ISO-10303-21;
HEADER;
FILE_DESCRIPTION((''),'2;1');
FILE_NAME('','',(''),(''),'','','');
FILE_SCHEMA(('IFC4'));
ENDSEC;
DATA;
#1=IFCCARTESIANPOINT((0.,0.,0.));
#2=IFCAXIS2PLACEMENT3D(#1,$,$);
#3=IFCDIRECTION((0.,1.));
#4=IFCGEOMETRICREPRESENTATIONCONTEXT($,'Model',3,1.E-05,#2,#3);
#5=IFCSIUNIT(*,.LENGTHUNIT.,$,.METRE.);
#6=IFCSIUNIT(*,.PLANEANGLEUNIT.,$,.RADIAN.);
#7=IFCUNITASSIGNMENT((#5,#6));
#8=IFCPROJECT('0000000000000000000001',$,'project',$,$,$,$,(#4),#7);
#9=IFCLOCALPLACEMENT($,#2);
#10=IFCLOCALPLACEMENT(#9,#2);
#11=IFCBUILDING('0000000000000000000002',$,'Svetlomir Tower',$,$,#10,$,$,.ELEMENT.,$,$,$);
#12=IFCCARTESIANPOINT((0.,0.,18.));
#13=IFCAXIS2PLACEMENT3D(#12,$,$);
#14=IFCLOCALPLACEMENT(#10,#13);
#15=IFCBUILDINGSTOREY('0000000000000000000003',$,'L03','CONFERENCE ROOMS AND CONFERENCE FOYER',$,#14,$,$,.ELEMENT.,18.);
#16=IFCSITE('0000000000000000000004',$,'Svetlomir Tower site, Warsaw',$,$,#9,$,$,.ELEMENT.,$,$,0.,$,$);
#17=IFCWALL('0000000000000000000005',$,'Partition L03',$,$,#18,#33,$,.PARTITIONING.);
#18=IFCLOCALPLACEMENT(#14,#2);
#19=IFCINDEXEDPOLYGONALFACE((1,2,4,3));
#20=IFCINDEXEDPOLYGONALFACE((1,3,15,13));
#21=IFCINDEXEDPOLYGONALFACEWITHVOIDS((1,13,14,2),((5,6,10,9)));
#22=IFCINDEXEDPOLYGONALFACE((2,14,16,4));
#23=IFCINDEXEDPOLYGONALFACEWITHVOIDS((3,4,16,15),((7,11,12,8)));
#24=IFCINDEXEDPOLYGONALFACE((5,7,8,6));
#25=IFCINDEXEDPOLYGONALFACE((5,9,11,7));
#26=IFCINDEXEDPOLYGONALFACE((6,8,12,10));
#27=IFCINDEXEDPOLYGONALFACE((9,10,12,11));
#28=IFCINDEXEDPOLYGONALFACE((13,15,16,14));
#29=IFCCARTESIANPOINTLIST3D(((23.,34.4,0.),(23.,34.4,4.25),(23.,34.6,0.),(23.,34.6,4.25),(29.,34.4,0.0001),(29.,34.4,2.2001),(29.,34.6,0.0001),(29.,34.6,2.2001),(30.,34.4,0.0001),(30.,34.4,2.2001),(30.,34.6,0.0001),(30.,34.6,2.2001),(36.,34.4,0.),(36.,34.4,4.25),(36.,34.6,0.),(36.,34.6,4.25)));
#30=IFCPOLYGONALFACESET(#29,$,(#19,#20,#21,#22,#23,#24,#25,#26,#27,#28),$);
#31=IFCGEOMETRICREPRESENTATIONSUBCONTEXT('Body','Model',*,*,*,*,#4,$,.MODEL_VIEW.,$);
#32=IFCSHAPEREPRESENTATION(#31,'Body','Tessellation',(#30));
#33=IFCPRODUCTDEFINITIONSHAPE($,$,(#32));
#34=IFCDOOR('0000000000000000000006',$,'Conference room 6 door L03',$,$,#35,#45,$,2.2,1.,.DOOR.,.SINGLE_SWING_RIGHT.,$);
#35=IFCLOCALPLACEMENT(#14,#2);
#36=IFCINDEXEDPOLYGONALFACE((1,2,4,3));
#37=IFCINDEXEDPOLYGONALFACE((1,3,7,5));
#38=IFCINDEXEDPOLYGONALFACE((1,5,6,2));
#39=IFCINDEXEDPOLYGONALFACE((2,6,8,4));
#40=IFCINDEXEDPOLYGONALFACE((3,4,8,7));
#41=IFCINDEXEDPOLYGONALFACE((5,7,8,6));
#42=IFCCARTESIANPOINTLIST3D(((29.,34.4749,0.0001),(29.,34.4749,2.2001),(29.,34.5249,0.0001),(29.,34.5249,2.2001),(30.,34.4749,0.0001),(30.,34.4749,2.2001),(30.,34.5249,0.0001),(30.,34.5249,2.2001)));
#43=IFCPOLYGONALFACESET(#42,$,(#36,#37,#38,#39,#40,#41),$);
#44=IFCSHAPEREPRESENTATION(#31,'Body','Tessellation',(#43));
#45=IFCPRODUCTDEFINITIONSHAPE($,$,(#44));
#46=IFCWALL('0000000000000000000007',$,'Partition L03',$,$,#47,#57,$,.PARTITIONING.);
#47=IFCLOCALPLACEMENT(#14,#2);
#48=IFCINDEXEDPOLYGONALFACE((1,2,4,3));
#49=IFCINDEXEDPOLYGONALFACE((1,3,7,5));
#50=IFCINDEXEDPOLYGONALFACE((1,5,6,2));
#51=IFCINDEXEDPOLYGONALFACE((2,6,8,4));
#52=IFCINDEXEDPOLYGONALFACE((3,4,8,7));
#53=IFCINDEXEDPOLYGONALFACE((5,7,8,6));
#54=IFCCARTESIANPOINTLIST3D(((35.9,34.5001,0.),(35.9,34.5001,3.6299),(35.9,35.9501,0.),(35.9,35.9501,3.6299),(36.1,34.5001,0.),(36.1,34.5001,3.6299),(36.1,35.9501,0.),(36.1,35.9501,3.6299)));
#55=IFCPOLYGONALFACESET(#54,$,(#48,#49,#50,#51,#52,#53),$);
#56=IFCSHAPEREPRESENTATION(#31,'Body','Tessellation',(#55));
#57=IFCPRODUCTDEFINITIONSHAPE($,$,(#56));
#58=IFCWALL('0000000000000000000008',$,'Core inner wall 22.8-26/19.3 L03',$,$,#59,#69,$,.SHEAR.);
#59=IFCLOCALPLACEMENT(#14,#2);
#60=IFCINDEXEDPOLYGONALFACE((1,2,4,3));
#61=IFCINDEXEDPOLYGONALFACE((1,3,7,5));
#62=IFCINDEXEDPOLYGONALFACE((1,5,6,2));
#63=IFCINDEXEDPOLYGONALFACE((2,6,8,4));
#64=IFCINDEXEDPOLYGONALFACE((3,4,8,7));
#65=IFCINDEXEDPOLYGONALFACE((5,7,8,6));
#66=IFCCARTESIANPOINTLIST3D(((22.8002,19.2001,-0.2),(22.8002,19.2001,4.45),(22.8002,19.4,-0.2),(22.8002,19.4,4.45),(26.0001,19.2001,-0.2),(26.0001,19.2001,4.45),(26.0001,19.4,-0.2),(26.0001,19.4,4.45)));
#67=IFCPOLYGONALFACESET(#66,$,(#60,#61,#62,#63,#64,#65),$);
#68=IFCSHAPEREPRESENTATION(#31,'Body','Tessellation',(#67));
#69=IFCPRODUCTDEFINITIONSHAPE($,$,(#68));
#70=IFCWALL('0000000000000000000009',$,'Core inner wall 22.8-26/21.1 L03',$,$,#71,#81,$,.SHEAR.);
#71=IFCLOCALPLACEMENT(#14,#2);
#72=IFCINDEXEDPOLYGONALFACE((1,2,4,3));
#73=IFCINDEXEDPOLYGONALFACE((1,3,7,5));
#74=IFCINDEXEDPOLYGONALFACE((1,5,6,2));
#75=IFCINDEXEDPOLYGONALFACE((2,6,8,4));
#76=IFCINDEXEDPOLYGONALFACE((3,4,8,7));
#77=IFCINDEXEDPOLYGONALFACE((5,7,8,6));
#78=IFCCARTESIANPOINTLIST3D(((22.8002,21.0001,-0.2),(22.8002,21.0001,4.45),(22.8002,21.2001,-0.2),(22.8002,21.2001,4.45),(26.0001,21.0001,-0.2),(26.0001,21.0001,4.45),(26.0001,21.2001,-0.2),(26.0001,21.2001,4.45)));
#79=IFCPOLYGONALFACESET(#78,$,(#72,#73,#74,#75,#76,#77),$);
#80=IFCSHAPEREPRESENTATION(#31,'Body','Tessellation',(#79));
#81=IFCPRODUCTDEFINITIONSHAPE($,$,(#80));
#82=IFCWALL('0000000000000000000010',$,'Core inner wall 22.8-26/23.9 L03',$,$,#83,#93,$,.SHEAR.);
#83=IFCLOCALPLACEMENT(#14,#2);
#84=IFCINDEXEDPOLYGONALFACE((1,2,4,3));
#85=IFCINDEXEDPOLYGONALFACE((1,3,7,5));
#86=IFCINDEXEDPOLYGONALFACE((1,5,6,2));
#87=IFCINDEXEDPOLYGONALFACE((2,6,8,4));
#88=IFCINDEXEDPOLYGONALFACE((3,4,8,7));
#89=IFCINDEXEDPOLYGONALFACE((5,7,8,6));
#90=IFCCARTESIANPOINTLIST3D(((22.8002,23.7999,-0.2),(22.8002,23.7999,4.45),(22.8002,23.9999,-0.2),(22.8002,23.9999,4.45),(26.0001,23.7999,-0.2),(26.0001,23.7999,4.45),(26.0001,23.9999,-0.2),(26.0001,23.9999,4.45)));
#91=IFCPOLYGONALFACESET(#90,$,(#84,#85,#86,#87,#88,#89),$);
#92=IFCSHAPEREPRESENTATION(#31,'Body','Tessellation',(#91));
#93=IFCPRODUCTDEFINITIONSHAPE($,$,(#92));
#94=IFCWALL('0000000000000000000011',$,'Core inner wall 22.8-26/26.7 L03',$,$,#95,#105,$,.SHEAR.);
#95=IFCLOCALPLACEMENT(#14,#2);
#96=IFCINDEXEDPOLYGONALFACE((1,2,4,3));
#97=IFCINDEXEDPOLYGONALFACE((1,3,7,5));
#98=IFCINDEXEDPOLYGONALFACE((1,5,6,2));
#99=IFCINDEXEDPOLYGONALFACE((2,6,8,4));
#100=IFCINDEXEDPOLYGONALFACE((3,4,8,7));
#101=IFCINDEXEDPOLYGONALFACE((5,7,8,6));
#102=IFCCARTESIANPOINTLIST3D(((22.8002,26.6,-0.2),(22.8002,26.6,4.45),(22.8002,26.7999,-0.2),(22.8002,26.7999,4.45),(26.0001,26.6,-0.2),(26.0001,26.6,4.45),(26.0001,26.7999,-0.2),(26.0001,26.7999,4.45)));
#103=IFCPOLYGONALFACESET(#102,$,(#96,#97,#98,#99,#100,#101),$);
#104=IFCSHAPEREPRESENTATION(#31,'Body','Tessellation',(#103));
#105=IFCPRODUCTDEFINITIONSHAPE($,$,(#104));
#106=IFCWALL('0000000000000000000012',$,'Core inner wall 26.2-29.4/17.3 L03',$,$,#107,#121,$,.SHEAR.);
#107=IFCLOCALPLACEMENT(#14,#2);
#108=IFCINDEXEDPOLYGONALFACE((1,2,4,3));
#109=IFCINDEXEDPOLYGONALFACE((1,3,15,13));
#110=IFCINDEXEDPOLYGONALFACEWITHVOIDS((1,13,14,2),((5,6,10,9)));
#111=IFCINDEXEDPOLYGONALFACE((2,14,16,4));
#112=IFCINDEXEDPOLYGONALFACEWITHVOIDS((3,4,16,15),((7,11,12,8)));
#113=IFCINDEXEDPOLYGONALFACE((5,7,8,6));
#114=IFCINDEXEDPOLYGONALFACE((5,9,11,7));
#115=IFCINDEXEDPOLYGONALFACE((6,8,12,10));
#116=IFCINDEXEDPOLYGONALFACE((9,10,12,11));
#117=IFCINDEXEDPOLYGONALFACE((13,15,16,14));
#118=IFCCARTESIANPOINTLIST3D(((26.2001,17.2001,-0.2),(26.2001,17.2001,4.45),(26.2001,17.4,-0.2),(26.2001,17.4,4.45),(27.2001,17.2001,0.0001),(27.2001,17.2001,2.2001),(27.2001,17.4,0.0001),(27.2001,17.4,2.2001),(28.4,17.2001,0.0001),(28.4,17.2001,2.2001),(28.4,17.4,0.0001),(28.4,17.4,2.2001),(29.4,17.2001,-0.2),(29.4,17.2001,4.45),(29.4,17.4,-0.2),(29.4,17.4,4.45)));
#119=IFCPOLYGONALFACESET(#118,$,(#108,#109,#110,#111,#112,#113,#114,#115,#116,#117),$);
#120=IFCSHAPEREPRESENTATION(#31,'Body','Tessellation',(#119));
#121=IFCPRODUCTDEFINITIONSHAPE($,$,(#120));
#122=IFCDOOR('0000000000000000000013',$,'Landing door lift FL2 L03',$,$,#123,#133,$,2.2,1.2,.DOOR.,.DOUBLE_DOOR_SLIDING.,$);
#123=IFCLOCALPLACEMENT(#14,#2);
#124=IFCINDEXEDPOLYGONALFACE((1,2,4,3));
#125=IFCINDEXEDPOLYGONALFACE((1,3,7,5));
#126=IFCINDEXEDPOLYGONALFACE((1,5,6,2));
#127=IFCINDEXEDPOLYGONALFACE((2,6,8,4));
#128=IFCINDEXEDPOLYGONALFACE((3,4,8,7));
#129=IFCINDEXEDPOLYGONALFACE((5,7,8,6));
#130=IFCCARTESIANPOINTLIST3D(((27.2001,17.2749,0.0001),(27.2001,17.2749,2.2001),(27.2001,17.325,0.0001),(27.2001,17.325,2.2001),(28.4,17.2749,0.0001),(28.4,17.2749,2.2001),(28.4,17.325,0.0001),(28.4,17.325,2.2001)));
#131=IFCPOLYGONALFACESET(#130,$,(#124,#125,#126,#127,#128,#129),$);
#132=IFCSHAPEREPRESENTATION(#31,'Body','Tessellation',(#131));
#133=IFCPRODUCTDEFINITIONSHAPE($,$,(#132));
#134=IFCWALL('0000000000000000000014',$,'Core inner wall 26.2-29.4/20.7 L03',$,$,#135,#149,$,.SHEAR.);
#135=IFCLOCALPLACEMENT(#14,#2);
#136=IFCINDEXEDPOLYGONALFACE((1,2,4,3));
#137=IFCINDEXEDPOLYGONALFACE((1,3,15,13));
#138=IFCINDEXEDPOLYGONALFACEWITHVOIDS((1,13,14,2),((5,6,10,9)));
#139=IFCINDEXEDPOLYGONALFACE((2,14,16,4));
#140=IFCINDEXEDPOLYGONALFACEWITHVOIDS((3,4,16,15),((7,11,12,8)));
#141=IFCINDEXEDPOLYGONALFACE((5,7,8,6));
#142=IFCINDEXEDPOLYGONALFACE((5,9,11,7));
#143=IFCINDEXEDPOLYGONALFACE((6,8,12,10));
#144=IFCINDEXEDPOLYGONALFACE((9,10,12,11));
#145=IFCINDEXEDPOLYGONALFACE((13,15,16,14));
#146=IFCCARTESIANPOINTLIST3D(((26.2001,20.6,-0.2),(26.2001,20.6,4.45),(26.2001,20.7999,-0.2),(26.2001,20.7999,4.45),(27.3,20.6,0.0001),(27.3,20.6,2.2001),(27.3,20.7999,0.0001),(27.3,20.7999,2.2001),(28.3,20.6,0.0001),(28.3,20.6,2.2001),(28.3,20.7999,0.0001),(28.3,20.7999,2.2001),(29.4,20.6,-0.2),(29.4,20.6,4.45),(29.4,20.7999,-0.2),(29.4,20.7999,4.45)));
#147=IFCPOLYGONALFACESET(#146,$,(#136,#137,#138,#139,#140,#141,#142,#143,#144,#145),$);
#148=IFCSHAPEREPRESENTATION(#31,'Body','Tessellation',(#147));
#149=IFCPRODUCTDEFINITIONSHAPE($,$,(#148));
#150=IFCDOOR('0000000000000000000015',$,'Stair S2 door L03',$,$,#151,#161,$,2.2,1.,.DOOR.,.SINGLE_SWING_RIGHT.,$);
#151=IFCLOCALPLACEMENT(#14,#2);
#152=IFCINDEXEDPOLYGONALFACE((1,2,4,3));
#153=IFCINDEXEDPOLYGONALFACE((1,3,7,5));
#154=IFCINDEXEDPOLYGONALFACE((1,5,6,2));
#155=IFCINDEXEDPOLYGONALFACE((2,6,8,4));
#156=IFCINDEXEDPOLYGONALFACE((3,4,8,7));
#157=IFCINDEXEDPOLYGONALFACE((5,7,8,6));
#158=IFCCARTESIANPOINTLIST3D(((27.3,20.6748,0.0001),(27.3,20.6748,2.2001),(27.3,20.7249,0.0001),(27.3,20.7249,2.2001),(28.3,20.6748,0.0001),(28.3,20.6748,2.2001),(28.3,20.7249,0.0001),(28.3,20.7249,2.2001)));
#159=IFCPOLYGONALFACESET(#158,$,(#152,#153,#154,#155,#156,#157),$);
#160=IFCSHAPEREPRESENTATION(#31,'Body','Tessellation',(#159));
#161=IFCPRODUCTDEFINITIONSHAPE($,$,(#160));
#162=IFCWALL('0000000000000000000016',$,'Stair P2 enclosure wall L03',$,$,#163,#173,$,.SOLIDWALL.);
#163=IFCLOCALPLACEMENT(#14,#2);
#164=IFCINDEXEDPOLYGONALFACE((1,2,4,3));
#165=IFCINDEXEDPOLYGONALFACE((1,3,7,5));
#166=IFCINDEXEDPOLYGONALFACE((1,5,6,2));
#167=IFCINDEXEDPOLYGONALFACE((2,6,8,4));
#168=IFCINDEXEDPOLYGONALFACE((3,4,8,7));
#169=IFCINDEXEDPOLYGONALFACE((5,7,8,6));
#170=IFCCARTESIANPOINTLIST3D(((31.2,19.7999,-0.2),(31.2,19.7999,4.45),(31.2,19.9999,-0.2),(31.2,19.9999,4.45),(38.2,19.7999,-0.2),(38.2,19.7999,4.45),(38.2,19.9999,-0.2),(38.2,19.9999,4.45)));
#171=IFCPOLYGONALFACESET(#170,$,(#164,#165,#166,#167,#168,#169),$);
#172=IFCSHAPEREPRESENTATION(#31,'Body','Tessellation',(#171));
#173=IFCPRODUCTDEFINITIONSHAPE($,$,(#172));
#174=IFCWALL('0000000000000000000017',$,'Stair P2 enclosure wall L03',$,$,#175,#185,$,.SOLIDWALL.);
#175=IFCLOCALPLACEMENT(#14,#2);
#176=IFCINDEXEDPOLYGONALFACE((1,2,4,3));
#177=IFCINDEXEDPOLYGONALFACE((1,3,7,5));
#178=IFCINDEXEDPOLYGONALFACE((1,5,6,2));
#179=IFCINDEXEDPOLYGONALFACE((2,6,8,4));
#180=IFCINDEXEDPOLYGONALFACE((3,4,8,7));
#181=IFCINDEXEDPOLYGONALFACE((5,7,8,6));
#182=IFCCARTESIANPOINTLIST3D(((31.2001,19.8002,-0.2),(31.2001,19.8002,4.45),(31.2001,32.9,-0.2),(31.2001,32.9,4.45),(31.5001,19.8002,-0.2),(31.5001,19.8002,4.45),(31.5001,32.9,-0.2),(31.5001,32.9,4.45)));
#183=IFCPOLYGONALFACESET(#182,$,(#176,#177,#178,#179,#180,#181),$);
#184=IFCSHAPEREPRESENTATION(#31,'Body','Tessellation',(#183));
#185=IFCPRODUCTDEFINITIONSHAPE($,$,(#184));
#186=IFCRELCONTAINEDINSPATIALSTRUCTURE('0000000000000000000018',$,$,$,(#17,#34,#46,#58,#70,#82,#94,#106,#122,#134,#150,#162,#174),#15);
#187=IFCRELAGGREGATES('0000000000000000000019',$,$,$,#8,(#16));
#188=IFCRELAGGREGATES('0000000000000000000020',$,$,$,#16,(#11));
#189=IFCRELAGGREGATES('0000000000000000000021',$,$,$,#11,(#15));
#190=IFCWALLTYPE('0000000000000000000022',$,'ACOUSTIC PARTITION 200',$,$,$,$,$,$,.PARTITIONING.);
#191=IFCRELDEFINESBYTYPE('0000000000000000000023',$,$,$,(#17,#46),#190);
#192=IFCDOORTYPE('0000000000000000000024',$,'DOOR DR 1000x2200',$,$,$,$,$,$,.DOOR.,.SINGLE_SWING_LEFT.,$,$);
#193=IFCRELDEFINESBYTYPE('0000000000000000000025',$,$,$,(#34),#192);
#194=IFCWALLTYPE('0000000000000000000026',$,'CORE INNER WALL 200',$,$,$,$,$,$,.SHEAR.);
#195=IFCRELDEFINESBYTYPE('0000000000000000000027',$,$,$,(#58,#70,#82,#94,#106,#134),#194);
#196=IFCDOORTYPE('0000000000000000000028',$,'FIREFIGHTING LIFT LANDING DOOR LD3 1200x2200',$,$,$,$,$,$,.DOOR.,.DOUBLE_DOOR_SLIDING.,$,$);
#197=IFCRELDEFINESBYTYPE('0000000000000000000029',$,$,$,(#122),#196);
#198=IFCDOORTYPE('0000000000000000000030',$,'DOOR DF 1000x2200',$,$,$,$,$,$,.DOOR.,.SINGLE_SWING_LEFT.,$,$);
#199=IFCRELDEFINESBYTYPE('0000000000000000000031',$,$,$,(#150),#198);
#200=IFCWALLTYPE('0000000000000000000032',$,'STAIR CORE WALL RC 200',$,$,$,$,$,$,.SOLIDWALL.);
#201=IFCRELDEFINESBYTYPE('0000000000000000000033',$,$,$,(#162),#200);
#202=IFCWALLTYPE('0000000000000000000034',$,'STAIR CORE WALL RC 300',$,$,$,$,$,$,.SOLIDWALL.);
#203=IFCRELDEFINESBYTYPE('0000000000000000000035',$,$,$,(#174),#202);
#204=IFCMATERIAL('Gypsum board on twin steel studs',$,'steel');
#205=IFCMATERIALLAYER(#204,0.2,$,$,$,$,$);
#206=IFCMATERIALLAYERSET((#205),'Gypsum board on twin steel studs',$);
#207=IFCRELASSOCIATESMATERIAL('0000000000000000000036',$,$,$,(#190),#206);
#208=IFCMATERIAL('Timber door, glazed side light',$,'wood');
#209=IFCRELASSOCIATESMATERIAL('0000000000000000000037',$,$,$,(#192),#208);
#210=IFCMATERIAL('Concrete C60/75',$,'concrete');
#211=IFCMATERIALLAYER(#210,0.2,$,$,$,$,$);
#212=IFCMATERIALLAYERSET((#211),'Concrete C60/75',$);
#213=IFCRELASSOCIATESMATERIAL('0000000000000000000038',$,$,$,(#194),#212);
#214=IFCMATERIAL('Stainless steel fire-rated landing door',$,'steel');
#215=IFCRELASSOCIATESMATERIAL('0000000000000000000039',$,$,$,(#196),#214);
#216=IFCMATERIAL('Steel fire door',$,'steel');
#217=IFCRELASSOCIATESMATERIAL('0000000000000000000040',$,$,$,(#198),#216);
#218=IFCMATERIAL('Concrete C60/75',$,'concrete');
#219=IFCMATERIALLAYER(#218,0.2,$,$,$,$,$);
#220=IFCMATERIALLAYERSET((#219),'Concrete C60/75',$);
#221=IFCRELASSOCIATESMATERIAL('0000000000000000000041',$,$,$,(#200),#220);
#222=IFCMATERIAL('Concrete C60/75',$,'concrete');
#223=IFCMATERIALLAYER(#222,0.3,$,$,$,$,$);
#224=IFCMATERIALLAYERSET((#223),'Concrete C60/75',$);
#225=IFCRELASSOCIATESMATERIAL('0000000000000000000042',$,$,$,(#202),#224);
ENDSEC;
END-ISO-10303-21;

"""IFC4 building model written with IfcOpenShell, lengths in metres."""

from ifc_helpers import new_model, si_unit, direction, frame, frame_2d, origin, place, context, subcontext, project, spatial, rectangle, extrude, material, layer, layer_set, type_object, element, fill, save


model = new_model("IFC4")

# Units and contexts
model_context = context("Model", 3, precision=1e-05, world=origin(), true_north=direction((0.0, 1.0)))
body_context = subcontext(model_context, "Body", "Model", "MODEL_VIEW")
ifc_project = project(units=[si_unit("LENGTHUNIT", "METRE"), si_unit("PLANEANGLEUNIT", "RADIAN")], contexts=[model_context])

# Site, building, storey
site_placement = place(None, origin())
site = spatial("IfcSite", under=ifc_project, at=site_placement, Name="Svetlomir Tower site, Warsaw", CompositionType="ELEMENT", RefElevation=0.0)
building_placement = place(site_placement, origin())
building = spatial("IfcBuilding", under=site, at=building_placement, Name="Svetlomir Tower", CompositionType="ELEMENT")
storey_placement = place(building_placement, frame((0.0, 0.0, 18.0)))
storey = spatial("IfcBuildingStorey", under=building, at=storey_placement, Name="L03", Description="CONFERENCE ROOMS AND CONFERENCE FOYER", CompositionType="ELEMENT", Elevation=18.0)

# Shared definitions
ifc_material_1 = material(Name="Gypsum board on twin steel studs", Category="steel")
ifc_layer_1 = layer(ifc_material_1, 0.2)
ifc_layer_set_1 = layer_set([ifc_layer_1], Name="Gypsum board on twin steel studs")
wall_type_1 = type_object("IfcWallType", Name="ACOUSTIC PARTITION 200", PredefinedType="PARTITIONING", material=ifc_layer_set_1)

# Wall, opening, door
wall_1_placement = place(storey_placement, frame((23.0, 34.5, 0.0), z_axis=(0.0, 0.0, 1.0), x_axis=(1.0, 0.0, 0.0)))
wall_1 = element("IfcWall", 1, at=wall_1_placement, inside=storey, type_object=wall_type_1, Name="Partition L03", PredefinedType="PARTITIONING", context=body_context, shape_type="SweptSolid", body=[
    extrude(rectangle(XDim=13.0, YDim=0.2, at=frame_2d((6.5, 0.0))), origin(), (0.0, 0.0, 1.0), 4.25),
])
opening_1_placement = place(wall_1_placement, frame((6.0, 0.0, 0.0)))
opening_1 = element("IfcOpeningElement", 2, at=opening_1_placement, cuts=wall_1, PredefinedType="OPENING", context=body_context, shape_type="SweptSolid", body=[
    extrude(rectangle(XDim=1.0, YDim=2.2, at=frame_2d((0.5, 1.1001))), frame((0.0, 0.1099, 0.0), z_axis=(0.0, -1.0, 0.0), x_axis=(1.0, 0.0, 0.0)), (0.0, 0.0, 1.0), 0.22),
])
ifc_material_2 = material(Name="Timber door, glazed side light", Category="wood")
door_type_1 = type_object("IfcDoorType", Name="DOOR DR 1000x2200", OperationType="SINGLE_SWING_LEFT", PredefinedType="DOOR", material=ifc_material_2)
door_1_placement = place(opening_1_placement, origin())
door_1 = element("IfcDoor", 3, at=door_1_placement, inside=storey, type_object=door_type_1, Name="Conference room 6 door L03", OperationType="SINGLE_SWING_RIGHT", OverallHeight=2.2, OverallWidth=1.0, PredefinedType="DOOR", context=body_context, shape_type="SweptSolid", body=[
    extrude(rectangle(XDim=1.0, YDim=2.2, at=frame_2d((0.5, 1.1001))), frame((0.0, 0.0249, 0.0), z_axis=(0.0, -1.0, 0.0), x_axis=(1.0, 0.0, 0.0)), (0.0, 0.0, 1.0), 0.05),
])
fill(opening_1, door_1)

# Walls
wall_2_placement = place(storey_placement, frame((36.0, 34.5, 0.0), z_axis=(0.0, 0.0, 1.0), x_axis=(0.0, 1.0, 0.0)))
element("IfcWall", 4, at=wall_2_placement, inside=storey, type_object=wall_type_1, Name="Partition L03", PredefinedType="PARTITIONING", context=body_context, shape_type="SweptSolid", body=[
    extrude(rectangle(XDim=1.45, YDim=0.2, at=frame_2d((0.7251, 0.0))), origin(), (0.0, 0.0, 1.0), 3.6299),
])
ifc_material_3 = material(Name="Concrete C60/75", Category="concrete")
ifc_layer_2 = layer(ifc_material_3, 0.2)
ifc_layer_set_2 = layer_set([ifc_layer_2], Name="Concrete C60/75")
wall_type_2 = type_object("IfcWallType", Name="CORE INNER WALL 200", PredefinedType="SHEAR", material=ifc_layer_set_2)
for number, where, z_axis, x_axis, name in (
    (5, (22.8, 19.3, -0.2), (0.0, 0.0, 1.0), (1.0, 0.0, 0.0), "Core inner wall 22.8-26/19.3 L03"),
    (6, (22.8, 21.1001, -0.2), (0.0, 0.0, 1.0), (1.0, 0.0, 0.0), "Core inner wall 22.8-26/21.1 L03"),
    (7, (22.8, 23.8999, -0.2), (0.0, 0.0, 1.0), (1.0, 0.0, 0.0), "Core inner wall 22.8-26/23.9 L03"),
    (8, (22.8, 26.7, -0.2), (0.0, 0.0, 1.0), (1.0, 0.0, 0.0), "Core inner wall 22.8-26/26.7 L03"),
):
    element("IfcWall", number, at=place(storey_placement, frame(where, z_axis=z_axis, x_axis=x_axis)), inside=storey, type_object=wall_type_2, Name=name, PredefinedType="SHEAR", context=body_context, shape_type="SweptSolid", body=[
        extrude(rectangle(XDim=3.2, YDim=0.2, at=frame_2d((1.6001, 0.0))), origin(), (0.0, 0.0, 1.0), 4.6499),
    ])

# Walls, openings, doors
wall_3_placement = place(storey_placement, frame((26.2, 17.3, -0.2), z_axis=(0.0, 0.0, 1.0), x_axis=(1.0, 0.0, 0.0)))
wall_3 = element("IfcWall", 9, at=wall_3_placement, inside=storey, type_object=wall_type_2, Name="Core inner wall 26.2-29.4/17.3 L03", PredefinedType="SHEAR", context=body_context, shape_type="SweptSolid", body=[
    extrude(rectangle(XDim=3.2, YDim=0.2, at=frame_2d((1.6001, 0.0))), origin(), (0.0, 0.0, 1.0), 4.6499),
])
opening_2_placement = place(wall_3_placement, frame((1.0, 0.0, 0.2)))
opening_2 = element("IfcOpeningElement", 10, at=opening_2_placement, cuts=wall_3, PredefinedType="OPENING", context=body_context, shape_type="SweptSolid", body=[
    extrude(rectangle(XDim=1.2, YDim=2.2, at=frame_2d((0.6001, 1.1001))), frame((0.0, 0.1099, 0.0), z_axis=(0.0, -1.0, 0.0), x_axis=(1.0, 0.0, 0.0)), (0.0, 0.0, 1.0), 0.22),
])
ifc_material_4 = material(Name="Stainless steel fire-rated landing door", Category="steel")
door_type_2 = type_object("IfcDoorType", Name="FIREFIGHTING LIFT LANDING DOOR LD3 1200x2200", OperationType="DOUBLE_DOOR_SLIDING", PredefinedType="DOOR", material=ifc_material_4)
door_2_placement = place(opening_2_placement, origin())
door_2 = element("IfcDoor", 11, at=door_2_placement, inside=storey, type_object=door_type_2, Name="Landing door lift FL2 L03", OperationType="DOUBLE_DOOR_SLIDING", OverallHeight=2.2, OverallWidth=1.2, PredefinedType="DOOR", context=body_context, shape_type="SweptSolid", body=[
    extrude(rectangle(XDim=1.2, YDim=2.2, at=frame_2d((0.6001, 1.1001))), frame((0.0, 0.0249, 0.0), z_axis=(0.0, -1.0, 0.0), x_axis=(1.0, 0.0, 0.0)), (0.0, 0.0, 1.0), 0.05),
])
fill(opening_2, door_2)
wall_4_placement = place(storey_placement, frame((26.2, 20.7, -0.2), z_axis=(0.0, 0.0, 1.0), x_axis=(1.0, 0.0, 0.0)))
wall_4 = element("IfcWall", 12, at=wall_4_placement, inside=storey, type_object=wall_type_2, Name="Core inner wall 26.2-29.4/20.7 L03", PredefinedType="SHEAR", context=body_context, shape_type="SweptSolid", body=[
    extrude(rectangle(XDim=3.2, YDim=0.2, at=frame_2d((1.6001, 0.0))), origin(), (0.0, 0.0, 1.0), 4.6499),
])
opening_3_placement = place(wall_4_placement, frame((1.1001, 0.0, 0.2)))
opening_3 = element("IfcOpeningElement", 13, at=opening_3_placement, cuts=wall_4, PredefinedType="OPENING", context=body_context, shape_type="SweptSolid", body=[
    extrude(rectangle(XDim=1.0, YDim=2.2, at=frame_2d((0.5, 1.1001))), frame((0.0, 0.1099, 0.0), z_axis=(0.0, -1.0, 0.0), x_axis=(1.0, 0.0, 0.0)), (0.0, 0.0, 1.0), 0.22),
])
ifc_material_5 = material(Name="Steel fire door", Category="steel")
door_type_3 = type_object("IfcDoorType", Name="DOOR DF 1000x2200", OperationType="SINGLE_SWING_LEFT", PredefinedType="DOOR", material=ifc_material_5)
door_3_placement = place(opening_3_placement, origin())
door_3 = element("IfcDoor", 14, at=door_3_placement, inside=storey, type_object=door_type_3, Name="Stair S2 door L03", OperationType="SINGLE_SWING_RIGHT", OverallHeight=2.2, OverallWidth=1.0, PredefinedType="DOOR", context=body_context, shape_type="SweptSolid", body=[
    extrude(rectangle(XDim=1.0, YDim=2.2, at=frame_2d((0.5, 1.1001))), frame((0.0, 0.0249, 0.0), z_axis=(0.0, -1.0, 0.0), x_axis=(1.0, 0.0, 0.0)), (0.0, 0.0, 1.0), 0.05),
])
fill(opening_3, door_3)

# Walls
ifc_material_6 = material(Name="Concrete C60/75", Category="concrete")
ifc_layer_3 = layer(ifc_material_6, 0.2)
ifc_layer_set_3 = layer_set([ifc_layer_3], Name="Concrete C60/75")
wall_type_3 = type_object("IfcWallType", Name="STAIR CORE WALL RC 200", PredefinedType="SOLIDWALL", material=ifc_layer_set_3)
wall_5_placement = place(storey_placement, frame((31.2, 19.8999, -0.2), z_axis=(0.0, 0.0, 1.0), x_axis=(1.0, 0.0, 0.0)))
element("IfcWall", 15, at=wall_5_placement, inside=storey, type_object=wall_type_3, Name="Stair P2 enclosure wall L03", PredefinedType="SOLIDWALL", context=body_context, shape_type="SweptSolid", body=[
    extrude(rectangle(XDim=7.0, YDim=0.2, at=frame_2d((3.5, 0.0))), origin(), (0.0, 0.0, 1.0), 4.6499),
])
ifc_material_7 = material(Name="Concrete C60/75", Category="concrete")
ifc_layer_4 = layer(ifc_material_7, 0.3)
ifc_layer_set_4 = layer_set([ifc_layer_4], Name="Concrete C60/75")
wall_type_4 = type_object("IfcWallType", Name="STAIR CORE WALL RC 300", PredefinedType="SOLIDWALL", material=ifc_layer_set_4)
wall_6_placement = place(storey_placement, frame((31.3501, 32.8999, -0.2), z_axis=(0.0, 0.0, 1.0), x_axis=(0.0, -1.0, 0.0)))
element("IfcWall", 16, at=wall_6_placement, inside=storey, type_object=wall_type_4, Name="Stair P2 enclosure wall L03", PredefinedType="SOLIDWALL", context=body_context, shape_type="SweptSolid", body=[
    extrude(rectangle(XDim=13.0999, YDim=0.3, at=frame_2d((6.5498, 0.0))), origin(), (0.0, 0.0, 1.0), 4.6499),
])

save(model, "model.ifc")
